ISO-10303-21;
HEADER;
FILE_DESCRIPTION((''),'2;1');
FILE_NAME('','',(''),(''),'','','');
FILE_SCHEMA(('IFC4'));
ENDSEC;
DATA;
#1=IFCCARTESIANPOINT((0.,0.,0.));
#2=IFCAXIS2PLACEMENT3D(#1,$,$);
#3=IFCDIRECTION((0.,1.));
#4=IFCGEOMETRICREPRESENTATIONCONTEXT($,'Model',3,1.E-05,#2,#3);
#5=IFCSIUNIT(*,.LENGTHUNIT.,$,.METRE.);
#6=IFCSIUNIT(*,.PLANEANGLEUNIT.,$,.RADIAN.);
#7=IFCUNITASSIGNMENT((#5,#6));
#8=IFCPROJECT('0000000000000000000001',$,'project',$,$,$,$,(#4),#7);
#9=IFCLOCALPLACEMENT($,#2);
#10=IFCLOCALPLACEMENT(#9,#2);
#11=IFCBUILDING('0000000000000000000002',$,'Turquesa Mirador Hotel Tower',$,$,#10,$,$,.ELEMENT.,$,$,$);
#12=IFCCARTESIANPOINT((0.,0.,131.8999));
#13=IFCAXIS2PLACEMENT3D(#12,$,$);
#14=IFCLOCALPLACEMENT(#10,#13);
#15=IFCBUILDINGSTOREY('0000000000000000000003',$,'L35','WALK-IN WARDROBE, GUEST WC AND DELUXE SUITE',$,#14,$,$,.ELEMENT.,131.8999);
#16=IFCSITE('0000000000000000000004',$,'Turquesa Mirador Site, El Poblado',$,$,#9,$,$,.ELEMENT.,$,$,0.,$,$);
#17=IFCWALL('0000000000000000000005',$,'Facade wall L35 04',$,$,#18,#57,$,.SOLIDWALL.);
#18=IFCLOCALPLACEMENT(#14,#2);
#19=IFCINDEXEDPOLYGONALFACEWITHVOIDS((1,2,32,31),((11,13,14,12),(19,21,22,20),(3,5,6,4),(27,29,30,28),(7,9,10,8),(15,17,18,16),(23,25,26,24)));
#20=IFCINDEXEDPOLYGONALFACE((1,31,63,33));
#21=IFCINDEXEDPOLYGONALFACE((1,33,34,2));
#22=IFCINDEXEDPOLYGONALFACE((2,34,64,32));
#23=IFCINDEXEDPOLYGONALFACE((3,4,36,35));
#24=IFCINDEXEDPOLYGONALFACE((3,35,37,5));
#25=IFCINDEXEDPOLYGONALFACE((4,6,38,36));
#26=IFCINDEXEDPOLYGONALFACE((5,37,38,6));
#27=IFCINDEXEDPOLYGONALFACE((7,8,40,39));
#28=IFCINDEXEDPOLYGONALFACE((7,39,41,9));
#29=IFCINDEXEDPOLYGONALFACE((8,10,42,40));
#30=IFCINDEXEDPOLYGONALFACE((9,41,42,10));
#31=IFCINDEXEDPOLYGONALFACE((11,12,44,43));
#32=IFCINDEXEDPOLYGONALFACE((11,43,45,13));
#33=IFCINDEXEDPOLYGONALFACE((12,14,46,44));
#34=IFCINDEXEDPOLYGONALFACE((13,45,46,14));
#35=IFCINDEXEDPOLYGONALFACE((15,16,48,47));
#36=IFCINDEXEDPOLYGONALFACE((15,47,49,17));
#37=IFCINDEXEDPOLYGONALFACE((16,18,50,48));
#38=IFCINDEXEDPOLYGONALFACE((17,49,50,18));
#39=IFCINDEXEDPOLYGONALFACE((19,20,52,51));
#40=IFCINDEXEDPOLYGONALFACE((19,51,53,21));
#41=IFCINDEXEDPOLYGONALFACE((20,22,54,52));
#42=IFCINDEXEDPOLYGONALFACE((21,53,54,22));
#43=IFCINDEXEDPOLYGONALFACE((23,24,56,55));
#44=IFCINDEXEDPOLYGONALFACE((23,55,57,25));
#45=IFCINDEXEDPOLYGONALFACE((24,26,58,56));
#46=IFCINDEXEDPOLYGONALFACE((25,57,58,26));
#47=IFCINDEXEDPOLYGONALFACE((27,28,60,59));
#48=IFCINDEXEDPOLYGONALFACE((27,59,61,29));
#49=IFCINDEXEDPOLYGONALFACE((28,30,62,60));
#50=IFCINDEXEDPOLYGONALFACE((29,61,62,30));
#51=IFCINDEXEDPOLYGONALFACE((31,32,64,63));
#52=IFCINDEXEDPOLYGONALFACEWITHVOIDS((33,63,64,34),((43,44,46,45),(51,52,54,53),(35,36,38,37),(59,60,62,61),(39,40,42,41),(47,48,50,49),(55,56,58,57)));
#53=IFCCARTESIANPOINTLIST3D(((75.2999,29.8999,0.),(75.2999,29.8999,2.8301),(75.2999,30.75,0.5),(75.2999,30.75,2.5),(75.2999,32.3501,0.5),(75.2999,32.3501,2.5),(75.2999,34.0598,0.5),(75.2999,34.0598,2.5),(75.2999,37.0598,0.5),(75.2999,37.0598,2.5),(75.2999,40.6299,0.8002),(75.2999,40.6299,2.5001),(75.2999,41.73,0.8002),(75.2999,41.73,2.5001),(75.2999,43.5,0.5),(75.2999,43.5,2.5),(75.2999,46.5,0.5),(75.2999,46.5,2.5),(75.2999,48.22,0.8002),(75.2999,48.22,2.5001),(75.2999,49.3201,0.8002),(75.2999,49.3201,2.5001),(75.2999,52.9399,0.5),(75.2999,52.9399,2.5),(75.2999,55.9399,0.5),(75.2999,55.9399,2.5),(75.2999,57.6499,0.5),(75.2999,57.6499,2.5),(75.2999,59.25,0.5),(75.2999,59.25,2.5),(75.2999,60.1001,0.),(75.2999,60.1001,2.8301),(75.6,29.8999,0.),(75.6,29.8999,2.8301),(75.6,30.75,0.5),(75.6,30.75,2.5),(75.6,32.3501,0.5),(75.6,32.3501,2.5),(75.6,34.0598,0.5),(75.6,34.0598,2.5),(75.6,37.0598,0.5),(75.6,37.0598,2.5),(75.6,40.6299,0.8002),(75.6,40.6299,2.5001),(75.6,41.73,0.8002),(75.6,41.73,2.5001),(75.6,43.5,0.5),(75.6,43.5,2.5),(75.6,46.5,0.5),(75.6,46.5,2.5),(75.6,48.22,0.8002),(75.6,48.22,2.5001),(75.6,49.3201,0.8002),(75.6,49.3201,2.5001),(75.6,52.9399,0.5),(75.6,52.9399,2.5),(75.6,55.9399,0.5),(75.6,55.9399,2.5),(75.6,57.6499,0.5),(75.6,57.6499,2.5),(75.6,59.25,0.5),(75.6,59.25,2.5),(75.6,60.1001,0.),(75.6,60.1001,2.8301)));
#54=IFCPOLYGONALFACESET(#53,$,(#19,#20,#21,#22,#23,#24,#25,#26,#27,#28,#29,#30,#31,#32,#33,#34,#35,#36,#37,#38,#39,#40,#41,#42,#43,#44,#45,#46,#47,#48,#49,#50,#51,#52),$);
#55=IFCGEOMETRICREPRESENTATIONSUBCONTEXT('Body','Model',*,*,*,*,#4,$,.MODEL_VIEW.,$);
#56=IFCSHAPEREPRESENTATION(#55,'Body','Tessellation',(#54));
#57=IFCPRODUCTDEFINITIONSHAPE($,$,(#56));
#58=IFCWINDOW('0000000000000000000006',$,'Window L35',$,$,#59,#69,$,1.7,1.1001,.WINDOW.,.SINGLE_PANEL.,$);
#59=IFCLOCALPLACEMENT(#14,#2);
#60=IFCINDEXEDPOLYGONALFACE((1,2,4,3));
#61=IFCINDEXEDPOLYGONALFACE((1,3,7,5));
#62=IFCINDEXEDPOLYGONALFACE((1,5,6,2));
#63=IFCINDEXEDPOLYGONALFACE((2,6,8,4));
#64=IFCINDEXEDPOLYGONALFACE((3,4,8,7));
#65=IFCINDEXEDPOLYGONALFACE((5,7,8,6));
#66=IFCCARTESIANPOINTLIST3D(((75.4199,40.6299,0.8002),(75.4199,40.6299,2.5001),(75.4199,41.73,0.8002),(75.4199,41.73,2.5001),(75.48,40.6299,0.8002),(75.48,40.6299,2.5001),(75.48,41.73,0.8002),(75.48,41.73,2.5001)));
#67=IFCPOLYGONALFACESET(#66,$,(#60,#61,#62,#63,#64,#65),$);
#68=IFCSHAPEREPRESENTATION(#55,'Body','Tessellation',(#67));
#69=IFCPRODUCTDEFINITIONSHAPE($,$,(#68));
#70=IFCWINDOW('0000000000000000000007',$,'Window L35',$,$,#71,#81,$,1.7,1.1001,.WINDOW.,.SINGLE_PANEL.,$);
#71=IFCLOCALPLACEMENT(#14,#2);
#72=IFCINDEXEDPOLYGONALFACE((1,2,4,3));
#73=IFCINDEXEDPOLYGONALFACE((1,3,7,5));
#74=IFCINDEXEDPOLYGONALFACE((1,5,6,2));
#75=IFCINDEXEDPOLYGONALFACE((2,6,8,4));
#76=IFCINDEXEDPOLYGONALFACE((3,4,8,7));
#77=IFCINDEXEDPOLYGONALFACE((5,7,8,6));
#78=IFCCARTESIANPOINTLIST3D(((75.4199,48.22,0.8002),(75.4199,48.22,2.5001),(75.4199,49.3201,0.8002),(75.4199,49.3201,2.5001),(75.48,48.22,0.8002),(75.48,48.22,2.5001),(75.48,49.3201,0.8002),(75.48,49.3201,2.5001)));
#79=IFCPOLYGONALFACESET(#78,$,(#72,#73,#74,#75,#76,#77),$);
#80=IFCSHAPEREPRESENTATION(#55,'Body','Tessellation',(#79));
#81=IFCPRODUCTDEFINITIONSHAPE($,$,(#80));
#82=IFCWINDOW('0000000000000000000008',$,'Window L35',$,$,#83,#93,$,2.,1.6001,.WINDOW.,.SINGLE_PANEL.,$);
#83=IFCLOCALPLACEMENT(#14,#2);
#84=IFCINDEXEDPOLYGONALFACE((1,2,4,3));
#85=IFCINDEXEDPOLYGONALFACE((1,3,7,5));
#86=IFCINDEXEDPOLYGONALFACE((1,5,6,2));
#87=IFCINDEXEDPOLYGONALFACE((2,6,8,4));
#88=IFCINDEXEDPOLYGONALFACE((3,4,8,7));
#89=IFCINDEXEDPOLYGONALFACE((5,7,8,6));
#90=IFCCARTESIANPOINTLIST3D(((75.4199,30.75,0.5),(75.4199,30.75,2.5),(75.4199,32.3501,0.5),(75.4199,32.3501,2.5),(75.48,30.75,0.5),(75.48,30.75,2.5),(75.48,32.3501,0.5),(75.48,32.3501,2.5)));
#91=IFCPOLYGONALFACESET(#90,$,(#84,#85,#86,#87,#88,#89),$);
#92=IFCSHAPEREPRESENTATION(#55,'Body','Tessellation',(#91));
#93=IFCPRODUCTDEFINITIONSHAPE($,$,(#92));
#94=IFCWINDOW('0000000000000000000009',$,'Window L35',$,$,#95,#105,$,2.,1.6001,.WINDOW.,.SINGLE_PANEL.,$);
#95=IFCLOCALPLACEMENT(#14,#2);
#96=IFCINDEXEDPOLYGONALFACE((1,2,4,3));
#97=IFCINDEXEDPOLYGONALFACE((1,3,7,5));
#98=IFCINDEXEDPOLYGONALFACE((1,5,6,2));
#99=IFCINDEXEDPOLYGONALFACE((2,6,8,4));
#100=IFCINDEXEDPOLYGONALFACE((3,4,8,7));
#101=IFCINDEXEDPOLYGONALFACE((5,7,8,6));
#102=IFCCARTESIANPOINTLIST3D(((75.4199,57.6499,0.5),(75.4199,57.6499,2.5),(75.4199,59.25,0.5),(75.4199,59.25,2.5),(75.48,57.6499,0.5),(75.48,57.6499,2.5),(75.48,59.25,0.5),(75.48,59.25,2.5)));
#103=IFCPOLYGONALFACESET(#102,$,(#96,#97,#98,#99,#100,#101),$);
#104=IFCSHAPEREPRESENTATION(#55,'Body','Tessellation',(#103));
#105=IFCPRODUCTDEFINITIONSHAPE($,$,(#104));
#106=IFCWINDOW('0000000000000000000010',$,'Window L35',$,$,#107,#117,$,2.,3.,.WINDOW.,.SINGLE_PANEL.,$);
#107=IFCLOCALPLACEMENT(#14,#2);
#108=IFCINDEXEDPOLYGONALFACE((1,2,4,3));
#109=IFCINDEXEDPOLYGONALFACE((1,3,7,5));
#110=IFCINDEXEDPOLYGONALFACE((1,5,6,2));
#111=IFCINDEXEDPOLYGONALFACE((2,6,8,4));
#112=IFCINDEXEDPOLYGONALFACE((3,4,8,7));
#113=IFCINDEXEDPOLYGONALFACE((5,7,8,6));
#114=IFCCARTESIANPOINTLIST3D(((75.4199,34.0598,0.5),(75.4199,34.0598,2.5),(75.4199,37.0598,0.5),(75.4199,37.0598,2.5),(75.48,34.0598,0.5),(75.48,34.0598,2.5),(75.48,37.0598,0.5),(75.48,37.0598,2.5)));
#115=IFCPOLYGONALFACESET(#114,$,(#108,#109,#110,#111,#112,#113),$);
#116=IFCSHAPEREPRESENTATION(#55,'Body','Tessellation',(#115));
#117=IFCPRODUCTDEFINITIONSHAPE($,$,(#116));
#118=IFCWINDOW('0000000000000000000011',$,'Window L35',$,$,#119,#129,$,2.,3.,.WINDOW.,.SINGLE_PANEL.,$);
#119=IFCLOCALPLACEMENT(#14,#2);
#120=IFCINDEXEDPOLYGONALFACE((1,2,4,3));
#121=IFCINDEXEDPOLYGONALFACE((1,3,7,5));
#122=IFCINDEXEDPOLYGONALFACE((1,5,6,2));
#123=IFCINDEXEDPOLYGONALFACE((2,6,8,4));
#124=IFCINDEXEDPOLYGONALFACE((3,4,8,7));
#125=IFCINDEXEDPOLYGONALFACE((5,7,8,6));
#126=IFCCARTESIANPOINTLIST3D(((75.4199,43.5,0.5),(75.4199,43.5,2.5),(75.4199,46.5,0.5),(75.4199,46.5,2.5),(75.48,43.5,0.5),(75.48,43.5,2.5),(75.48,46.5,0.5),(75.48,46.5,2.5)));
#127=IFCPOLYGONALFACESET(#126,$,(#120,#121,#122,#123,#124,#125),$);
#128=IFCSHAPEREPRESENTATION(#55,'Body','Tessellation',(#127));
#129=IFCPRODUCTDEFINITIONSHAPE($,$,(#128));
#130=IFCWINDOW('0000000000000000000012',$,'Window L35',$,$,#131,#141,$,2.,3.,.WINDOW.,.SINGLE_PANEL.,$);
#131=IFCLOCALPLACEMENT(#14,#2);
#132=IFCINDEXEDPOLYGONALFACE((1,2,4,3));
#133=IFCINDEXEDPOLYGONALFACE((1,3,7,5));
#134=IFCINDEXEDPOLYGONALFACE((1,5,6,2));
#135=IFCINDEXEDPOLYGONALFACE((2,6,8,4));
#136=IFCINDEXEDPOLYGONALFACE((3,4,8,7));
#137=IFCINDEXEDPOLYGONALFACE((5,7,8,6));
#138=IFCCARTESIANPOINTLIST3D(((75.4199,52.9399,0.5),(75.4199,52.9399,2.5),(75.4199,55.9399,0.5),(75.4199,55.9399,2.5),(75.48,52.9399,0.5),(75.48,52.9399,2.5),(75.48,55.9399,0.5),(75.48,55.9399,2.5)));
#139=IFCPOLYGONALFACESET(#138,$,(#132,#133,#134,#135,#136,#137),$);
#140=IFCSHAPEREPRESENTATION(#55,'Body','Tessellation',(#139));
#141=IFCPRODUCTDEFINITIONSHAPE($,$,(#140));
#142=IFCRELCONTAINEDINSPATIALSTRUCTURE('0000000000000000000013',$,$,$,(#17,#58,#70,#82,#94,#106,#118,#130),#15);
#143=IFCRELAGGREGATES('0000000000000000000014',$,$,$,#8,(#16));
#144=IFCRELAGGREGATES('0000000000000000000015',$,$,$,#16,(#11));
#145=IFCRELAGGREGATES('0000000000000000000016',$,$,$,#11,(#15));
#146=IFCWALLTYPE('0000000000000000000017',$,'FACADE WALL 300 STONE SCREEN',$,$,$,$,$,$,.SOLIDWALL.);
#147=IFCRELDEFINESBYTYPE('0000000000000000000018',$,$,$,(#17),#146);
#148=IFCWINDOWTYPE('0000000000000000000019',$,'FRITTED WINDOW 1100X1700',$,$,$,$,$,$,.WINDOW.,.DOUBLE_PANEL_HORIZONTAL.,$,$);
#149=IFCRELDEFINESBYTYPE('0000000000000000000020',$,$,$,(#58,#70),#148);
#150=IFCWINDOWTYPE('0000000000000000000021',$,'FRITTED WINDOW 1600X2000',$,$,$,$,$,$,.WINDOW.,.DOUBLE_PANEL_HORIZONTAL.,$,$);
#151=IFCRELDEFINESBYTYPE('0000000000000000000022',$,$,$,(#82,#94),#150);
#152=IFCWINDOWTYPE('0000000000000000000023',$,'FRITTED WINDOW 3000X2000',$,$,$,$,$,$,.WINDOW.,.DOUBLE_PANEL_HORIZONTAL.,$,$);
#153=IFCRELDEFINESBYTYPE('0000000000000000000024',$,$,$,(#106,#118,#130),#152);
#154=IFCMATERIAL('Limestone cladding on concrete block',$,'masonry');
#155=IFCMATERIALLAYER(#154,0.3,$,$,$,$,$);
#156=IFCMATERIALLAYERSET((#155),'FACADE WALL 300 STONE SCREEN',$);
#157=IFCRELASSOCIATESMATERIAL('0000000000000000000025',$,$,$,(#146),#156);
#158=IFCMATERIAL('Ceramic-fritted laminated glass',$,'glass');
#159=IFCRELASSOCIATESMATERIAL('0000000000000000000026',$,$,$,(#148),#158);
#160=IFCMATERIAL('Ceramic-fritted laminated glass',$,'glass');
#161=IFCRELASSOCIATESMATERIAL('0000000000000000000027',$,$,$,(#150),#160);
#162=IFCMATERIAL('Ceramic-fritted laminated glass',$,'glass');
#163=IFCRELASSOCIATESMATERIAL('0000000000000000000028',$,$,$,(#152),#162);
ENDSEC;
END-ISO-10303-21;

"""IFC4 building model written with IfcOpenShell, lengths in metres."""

from ifc_helpers import new_model, si_unit, direction, frame, frame_2d, origin, place, context, subcontext, project, spatial, rectangle, extrude, material, layer, layer_set, type_object, element, fill, save


model = new_model("IFC4")

# Units and contexts
model_context = context("Model", 3, precision=1e-05, world=origin(), true_north=direction((0.0, 1.0)))
body_context = subcontext(model_context, "Body", "Model", "MODEL_VIEW")
ifc_project = project(units=[si_unit("LENGTHUNIT", "METRE"), si_unit("PLANEANGLEUNIT", "RADIAN")], contexts=[model_context])

# Site, building, storey
site_placement = place(None, origin())
site = spatial("IfcSite", under=ifc_project, at=site_placement, Name="Turquesa Mirador Site, El Poblado", CompositionType="ELEMENT", RefElevation=0.0)
building_placement = place(site_placement, origin())
building = spatial("IfcBuilding", under=site, at=building_placement, Name="Turquesa Mirador Hotel Tower", CompositionType="ELEMENT")
storey_placement = place(building_placement, frame((0.0, 0.0, 131.8999)))
storey = spatial("IfcBuildingStorey", under=building, at=storey_placement, Name="L35", Description="WALK-IN WARDROBE, GUEST WC AND DELUXE SUITE", CompositionType="ELEMENT", Elevation=131.8999)

# Shared definitions
ifc_material_1 = material(Name="Limestone cladding on concrete block", Category="masonry")
ifc_layer = layer(ifc_material_1, 0.3)
ifc_layer_set = layer_set([ifc_layer], Name="FACADE WALL 300 STONE SCREEN")
wall_type = type_object("IfcWallType", Name="FACADE WALL 300 STONE SCREEN", PredefinedType="SOLIDWALL", material=ifc_layer_set)

# Wall, openings, windows
wall_1_placement = place(storey_placement, frame((75.45, 29.8999, 0.0), z_axis=(0.0, 0.0, 1.0), x_axis=(0.0, 1.0, 0.0)))
wall_1 = element("IfcWall", 1, at=wall_1_placement, inside=storey, type_object=wall_type, Name="Facade wall L35 04", PredefinedType="SOLIDWALL", context=body_context, shape_type="SweptSolid", body=[
    extrude(rectangle(XDim=30.2002, YDim=0.3, at=frame_2d((15.1001, 0.0))), origin(), (0.0, 0.0, 1.0), 2.8301),
])
opening_1_placement = place(wall_1_placement, frame((0.8501, 0.0, 0.5)))
opening_1 = element("IfcOpeningElement", 2, at=opening_1_placement, cuts=wall_1, PredefinedType="OPENING", context=body_context, shape_type="SweptSolid", body=[
    extrude(rectangle(XDim=1.6001, YDim=2.0, at=frame_2d((0.8, 1.0))), frame((0.0, 0.1599, 0.0), z_axis=(0.0, -1.0, 0.0), x_axis=(1.0, 0.0, 0.0)), (0.0, 0.0, 1.0), 0.3201),
])
opening_2_placement = place(wall_1_placement, frame((4.1599, 0.0, 0.5)))
opening_2 = element("IfcOpeningElement", 3, at=opening_2_placement, cuts=wall_1, PredefinedType="OPENING", context=body_context, shape_type="SweptSolid", body=[
    extrude(rectangle(XDim=3.0, YDim=2.0, at=frame_2d((1.5, 1.0))), frame((0.0, 0.1599, 0.0), z_axis=(0.0, -1.0, 0.0), x_axis=(1.0, 0.0, 0.0)), (0.0, 0.0, 1.0), 0.3201),
])
opening_3_placement = place(wall_1_placement, frame((10.73, 0.0, 0.8)))
opening_3 = element("IfcOpeningElement", 4, at=opening_3_placement, cuts=wall_1, PredefinedType="OPENING", context=body_context, shape_type="SweptSolid", body=[
    extrude(rectangle(XDim=1.1001, YDim=1.7, at=frame_2d((0.55, 0.8501))), frame((0.0, 0.1599, 0.0), z_axis=(0.0, -1.0, 0.0), x_axis=(1.0, 0.0, 0.0)), (0.0, 0.0, 1.0), 0.3201),
])
opening_4_placement = place(wall_1_placement, frame((13.6001, 0.0, 0.5)))
opening_4 = element("IfcOpeningElement", 5, at=opening_4_placement, cuts=wall_1, PredefinedType="OPENING", context=body_context, shape_type="SweptSolid", body=[
    extrude(rectangle(XDim=3.0, YDim=2.0, at=frame_2d((1.5, 1.0))), frame((0.0, 0.1599, 0.0), z_axis=(0.0, -1.0, 0.0), x_axis=(1.0, 0.0, 0.0)), (0.0, 0.0, 1.0), 0.3201),
])
opening_5_placement = place(wall_1_placement, frame((18.3201, 0.0, 0.8)))
opening_5 = element("IfcOpeningElement", 6, at=opening_5_placement, cuts=wall_1, PredefinedType="OPENING", context=body_context, shape_type="SweptSolid", body=[
    extrude(rectangle(XDim=1.1001, YDim=1.7, at=frame_2d((0.55, 0.8501))), frame((0.0, 0.1599, 0.0), z_axis=(0.0, -1.0, 0.0), x_axis=(1.0, 0.0, 0.0)), (0.0, 0.0, 1.0), 0.3201),
])
opening_6_placement = place(wall_1_placement, frame((23.04, 0.0, 0.5)))
opening_6 = element("IfcOpeningElement", 7, at=opening_6_placement, cuts=wall_1, PredefinedType="OPENING", context=body_context, shape_type="SweptSolid", body=[
    extrude(rectangle(XDim=3.0, YDim=2.0, at=frame_2d((1.5, 1.0))), frame((0.0, 0.1599, 0.0), z_axis=(0.0, -1.0, 0.0), x_axis=(1.0, 0.0, 0.0)), (0.0, 0.0, 1.0), 0.3201),
])
opening_7_placement = place(wall_1_placement, frame((27.75, 0.0, 0.5)))
opening_7 = element("IfcOpeningElement", 8, at=opening_7_placement, cuts=wall_1, PredefinedType="OPENING", context=body_context, shape_type="SweptSolid", body=[
    extrude(rectangle(XDim=1.6001, YDim=2.0, at=frame_2d((0.8, 1.0))), frame((0.0, 0.1599, 0.0), z_axis=(0.0, -1.0, 0.0), x_axis=(1.0, 0.0, 0.0)), (0.0, 0.0, 1.0), 0.3201),
])
ifc_material_2 = material(Name="Ceramic-fritted laminated glass", Category="glass")
window_type_1 = type_object("IfcWindowType", Name="FRITTED WINDOW 1100X1700", PartitioningType="DOUBLE_PANEL_HORIZONTAL", PredefinedType="WINDOW", material=ifc_material_2)
window_1_placement = place(opening_3_placement, origin())
window_1 = element("IfcWindow", 9, at=window_1_placement, inside=storey, type_object=window_type_1, Name="Window L35", OverallHeight=1.7, OverallWidth=1.1001, PartitioningType="SINGLE_PANEL", PredefinedType="WINDOW", context=body_context, shape_type="SweptSolid", body=[
    extrude(rectangle(XDim=1.1001, YDim=1.7, at=frame_2d((0.55, 0.8501))), frame((0.0, 0.03, 0.0), z_axis=(0.0, -1.0, 0.0), x_axis=(1.0, 0.0, 0.0)), (0.0, 0.0, 1.0), 0.0601),
])
fill(opening_3, window_1)
window_2_placement = place(opening_5_placement, origin())
window_2 = element("IfcWindow", 10, at=window_2_placement, inside=storey, type_object=window_type_1, Name="Window L35", OverallHeight=1.7, OverallWidth=1.1001, PartitioningType="SINGLE_PANEL", PredefinedType="WINDOW", context=body_context, shape_type="SweptSolid", body=[
    extrude(rectangle(XDim=1.1001, YDim=1.7, at=frame_2d((0.55, 0.8501))), frame((0.0, 0.03, 0.0), z_axis=(0.0, -1.0, 0.0), x_axis=(1.0, 0.0, 0.0)), (0.0, 0.0, 1.0), 0.0601),
])
fill(opening_5, window_2)
ifc_material_3 = material(Name="Ceramic-fritted laminated glass", Category="glass")
window_type_2 = type_object("IfcWindowType", Name="FRITTED WINDOW 1600X2000", PartitioningType="DOUBLE_PANEL_HORIZONTAL", PredefinedType="WINDOW", material=ifc_material_3)
window_3_placement = place(opening_1_placement, origin())
window_3 = element("IfcWindow", 11, at=window_3_placement, inside=storey, type_object=window_type_2, Name="Window L35", OverallHeight=2.0, OverallWidth=1.6001, PartitioningType="SINGLE_PANEL", PredefinedType="WINDOW", context=body_context, shape_type="SweptSolid", body=[
    extrude(rectangle(XDim=1.6001, YDim=2.0, at=frame_2d((0.8, 1.0))), frame((0.0, 0.03, 0.0), z_axis=(0.0, -1.0, 0.0), x_axis=(1.0, 0.0, 0.0)), (0.0, 0.0, 1.0), 0.0601),
])
fill(opening_1, window_3)
window_4_placement = place(opening_7_placement, origin())
window_4 = element("IfcWindow", 12, at=window_4_placement, inside=storey, type_object=window_type_2, Name="Window L35", OverallHeight=2.0, OverallWidth=1.6001, PartitioningType="SINGLE_PANEL", PredefinedType="WINDOW", context=body_context, shape_type="SweptSolid", body=[
    extrude(rectangle(XDim=1.6001, YDim=2.0, at=frame_2d((0.8, 1.0))), frame((0.0, 0.03, 0.0), z_axis=(0.0, -1.0, 0.0), x_axis=(1.0, 0.0, 0.0)), (0.0, 0.0, 1.0), 0.0601),
])
fill(opening_7, window_4)
ifc_material_4 = material(Name="Ceramic-fritted laminated glass", Category="glass")
window_type_3 = type_object("IfcWindowType", Name="FRITTED WINDOW 3000X2000", PartitioningType="DOUBLE_PANEL_HORIZONTAL", PredefinedType="WINDOW", material=ifc_material_4)
window_5_placement = place(opening_2_placement, origin())
window_5 = element("IfcWindow", 13, at=window_5_placement, inside=storey, type_object=window_type_3, Name="Window L35", OverallHeight=2.0, OverallWidth=3.0, PartitioningType="SINGLE_PANEL", PredefinedType="WINDOW", context=body_context, shape_type="SweptSolid", body=[
    extrude(rectangle(XDim=3.0, YDim=2.0, at=frame_2d((1.5, 1.0))), frame((0.0, 0.03, 0.0), z_axis=(0.0, -1.0, 0.0), x_axis=(1.0, 0.0, 0.0)), (0.0, 0.0, 1.0), 0.0601),
])
fill(opening_2, window_5)
window_6_placement = place(opening_4_placement, origin())
window_6 = element("IfcWindow", 14, at=window_6_placement, inside=storey, type_object=window_type_3, Name="Window L35", OverallHeight=2.0, OverallWidth=3.0, PartitioningType="SINGLE_PANEL", PredefinedType="WINDOW", context=body_context, shape_type="SweptSolid", body=[
    extrude(rectangle(XDim=3.0, YDim=2.0, at=frame_2d((1.5, 1.0))), frame((0.0, 0.03, 0.0), z_axis=(0.0, -1.0, 0.0), x_axis=(1.0, 0.0, 0.0)), (0.0, 0.0, 1.0), 0.0601),
])
fill(opening_4, window_6)
window_7_placement = place(opening_6_placement, origin())
window_7 = element("IfcWindow", 15, at=window_7_placement, inside=storey, type_object=window_type_3, Name="Window L35", OverallHeight=2.0, OverallWidth=3.0, PartitioningType="SINGLE_PANEL", PredefinedType="WINDOW", context=body_context, shape_type="SweptSolid", body=[
    extrude(rectangle(XDim=3.0, YDim=2.0, at=frame_2d((1.5, 1.0))), frame((0.0, 0.03, 0.0), z_axis=(0.0, -1.0, 0.0), x_axis=(1.0, 0.0, 0.0)), (0.0, 0.0, 1.0), 0.0601),
])
fill(opening_6, window_7)

save(model, "model.ifc")
